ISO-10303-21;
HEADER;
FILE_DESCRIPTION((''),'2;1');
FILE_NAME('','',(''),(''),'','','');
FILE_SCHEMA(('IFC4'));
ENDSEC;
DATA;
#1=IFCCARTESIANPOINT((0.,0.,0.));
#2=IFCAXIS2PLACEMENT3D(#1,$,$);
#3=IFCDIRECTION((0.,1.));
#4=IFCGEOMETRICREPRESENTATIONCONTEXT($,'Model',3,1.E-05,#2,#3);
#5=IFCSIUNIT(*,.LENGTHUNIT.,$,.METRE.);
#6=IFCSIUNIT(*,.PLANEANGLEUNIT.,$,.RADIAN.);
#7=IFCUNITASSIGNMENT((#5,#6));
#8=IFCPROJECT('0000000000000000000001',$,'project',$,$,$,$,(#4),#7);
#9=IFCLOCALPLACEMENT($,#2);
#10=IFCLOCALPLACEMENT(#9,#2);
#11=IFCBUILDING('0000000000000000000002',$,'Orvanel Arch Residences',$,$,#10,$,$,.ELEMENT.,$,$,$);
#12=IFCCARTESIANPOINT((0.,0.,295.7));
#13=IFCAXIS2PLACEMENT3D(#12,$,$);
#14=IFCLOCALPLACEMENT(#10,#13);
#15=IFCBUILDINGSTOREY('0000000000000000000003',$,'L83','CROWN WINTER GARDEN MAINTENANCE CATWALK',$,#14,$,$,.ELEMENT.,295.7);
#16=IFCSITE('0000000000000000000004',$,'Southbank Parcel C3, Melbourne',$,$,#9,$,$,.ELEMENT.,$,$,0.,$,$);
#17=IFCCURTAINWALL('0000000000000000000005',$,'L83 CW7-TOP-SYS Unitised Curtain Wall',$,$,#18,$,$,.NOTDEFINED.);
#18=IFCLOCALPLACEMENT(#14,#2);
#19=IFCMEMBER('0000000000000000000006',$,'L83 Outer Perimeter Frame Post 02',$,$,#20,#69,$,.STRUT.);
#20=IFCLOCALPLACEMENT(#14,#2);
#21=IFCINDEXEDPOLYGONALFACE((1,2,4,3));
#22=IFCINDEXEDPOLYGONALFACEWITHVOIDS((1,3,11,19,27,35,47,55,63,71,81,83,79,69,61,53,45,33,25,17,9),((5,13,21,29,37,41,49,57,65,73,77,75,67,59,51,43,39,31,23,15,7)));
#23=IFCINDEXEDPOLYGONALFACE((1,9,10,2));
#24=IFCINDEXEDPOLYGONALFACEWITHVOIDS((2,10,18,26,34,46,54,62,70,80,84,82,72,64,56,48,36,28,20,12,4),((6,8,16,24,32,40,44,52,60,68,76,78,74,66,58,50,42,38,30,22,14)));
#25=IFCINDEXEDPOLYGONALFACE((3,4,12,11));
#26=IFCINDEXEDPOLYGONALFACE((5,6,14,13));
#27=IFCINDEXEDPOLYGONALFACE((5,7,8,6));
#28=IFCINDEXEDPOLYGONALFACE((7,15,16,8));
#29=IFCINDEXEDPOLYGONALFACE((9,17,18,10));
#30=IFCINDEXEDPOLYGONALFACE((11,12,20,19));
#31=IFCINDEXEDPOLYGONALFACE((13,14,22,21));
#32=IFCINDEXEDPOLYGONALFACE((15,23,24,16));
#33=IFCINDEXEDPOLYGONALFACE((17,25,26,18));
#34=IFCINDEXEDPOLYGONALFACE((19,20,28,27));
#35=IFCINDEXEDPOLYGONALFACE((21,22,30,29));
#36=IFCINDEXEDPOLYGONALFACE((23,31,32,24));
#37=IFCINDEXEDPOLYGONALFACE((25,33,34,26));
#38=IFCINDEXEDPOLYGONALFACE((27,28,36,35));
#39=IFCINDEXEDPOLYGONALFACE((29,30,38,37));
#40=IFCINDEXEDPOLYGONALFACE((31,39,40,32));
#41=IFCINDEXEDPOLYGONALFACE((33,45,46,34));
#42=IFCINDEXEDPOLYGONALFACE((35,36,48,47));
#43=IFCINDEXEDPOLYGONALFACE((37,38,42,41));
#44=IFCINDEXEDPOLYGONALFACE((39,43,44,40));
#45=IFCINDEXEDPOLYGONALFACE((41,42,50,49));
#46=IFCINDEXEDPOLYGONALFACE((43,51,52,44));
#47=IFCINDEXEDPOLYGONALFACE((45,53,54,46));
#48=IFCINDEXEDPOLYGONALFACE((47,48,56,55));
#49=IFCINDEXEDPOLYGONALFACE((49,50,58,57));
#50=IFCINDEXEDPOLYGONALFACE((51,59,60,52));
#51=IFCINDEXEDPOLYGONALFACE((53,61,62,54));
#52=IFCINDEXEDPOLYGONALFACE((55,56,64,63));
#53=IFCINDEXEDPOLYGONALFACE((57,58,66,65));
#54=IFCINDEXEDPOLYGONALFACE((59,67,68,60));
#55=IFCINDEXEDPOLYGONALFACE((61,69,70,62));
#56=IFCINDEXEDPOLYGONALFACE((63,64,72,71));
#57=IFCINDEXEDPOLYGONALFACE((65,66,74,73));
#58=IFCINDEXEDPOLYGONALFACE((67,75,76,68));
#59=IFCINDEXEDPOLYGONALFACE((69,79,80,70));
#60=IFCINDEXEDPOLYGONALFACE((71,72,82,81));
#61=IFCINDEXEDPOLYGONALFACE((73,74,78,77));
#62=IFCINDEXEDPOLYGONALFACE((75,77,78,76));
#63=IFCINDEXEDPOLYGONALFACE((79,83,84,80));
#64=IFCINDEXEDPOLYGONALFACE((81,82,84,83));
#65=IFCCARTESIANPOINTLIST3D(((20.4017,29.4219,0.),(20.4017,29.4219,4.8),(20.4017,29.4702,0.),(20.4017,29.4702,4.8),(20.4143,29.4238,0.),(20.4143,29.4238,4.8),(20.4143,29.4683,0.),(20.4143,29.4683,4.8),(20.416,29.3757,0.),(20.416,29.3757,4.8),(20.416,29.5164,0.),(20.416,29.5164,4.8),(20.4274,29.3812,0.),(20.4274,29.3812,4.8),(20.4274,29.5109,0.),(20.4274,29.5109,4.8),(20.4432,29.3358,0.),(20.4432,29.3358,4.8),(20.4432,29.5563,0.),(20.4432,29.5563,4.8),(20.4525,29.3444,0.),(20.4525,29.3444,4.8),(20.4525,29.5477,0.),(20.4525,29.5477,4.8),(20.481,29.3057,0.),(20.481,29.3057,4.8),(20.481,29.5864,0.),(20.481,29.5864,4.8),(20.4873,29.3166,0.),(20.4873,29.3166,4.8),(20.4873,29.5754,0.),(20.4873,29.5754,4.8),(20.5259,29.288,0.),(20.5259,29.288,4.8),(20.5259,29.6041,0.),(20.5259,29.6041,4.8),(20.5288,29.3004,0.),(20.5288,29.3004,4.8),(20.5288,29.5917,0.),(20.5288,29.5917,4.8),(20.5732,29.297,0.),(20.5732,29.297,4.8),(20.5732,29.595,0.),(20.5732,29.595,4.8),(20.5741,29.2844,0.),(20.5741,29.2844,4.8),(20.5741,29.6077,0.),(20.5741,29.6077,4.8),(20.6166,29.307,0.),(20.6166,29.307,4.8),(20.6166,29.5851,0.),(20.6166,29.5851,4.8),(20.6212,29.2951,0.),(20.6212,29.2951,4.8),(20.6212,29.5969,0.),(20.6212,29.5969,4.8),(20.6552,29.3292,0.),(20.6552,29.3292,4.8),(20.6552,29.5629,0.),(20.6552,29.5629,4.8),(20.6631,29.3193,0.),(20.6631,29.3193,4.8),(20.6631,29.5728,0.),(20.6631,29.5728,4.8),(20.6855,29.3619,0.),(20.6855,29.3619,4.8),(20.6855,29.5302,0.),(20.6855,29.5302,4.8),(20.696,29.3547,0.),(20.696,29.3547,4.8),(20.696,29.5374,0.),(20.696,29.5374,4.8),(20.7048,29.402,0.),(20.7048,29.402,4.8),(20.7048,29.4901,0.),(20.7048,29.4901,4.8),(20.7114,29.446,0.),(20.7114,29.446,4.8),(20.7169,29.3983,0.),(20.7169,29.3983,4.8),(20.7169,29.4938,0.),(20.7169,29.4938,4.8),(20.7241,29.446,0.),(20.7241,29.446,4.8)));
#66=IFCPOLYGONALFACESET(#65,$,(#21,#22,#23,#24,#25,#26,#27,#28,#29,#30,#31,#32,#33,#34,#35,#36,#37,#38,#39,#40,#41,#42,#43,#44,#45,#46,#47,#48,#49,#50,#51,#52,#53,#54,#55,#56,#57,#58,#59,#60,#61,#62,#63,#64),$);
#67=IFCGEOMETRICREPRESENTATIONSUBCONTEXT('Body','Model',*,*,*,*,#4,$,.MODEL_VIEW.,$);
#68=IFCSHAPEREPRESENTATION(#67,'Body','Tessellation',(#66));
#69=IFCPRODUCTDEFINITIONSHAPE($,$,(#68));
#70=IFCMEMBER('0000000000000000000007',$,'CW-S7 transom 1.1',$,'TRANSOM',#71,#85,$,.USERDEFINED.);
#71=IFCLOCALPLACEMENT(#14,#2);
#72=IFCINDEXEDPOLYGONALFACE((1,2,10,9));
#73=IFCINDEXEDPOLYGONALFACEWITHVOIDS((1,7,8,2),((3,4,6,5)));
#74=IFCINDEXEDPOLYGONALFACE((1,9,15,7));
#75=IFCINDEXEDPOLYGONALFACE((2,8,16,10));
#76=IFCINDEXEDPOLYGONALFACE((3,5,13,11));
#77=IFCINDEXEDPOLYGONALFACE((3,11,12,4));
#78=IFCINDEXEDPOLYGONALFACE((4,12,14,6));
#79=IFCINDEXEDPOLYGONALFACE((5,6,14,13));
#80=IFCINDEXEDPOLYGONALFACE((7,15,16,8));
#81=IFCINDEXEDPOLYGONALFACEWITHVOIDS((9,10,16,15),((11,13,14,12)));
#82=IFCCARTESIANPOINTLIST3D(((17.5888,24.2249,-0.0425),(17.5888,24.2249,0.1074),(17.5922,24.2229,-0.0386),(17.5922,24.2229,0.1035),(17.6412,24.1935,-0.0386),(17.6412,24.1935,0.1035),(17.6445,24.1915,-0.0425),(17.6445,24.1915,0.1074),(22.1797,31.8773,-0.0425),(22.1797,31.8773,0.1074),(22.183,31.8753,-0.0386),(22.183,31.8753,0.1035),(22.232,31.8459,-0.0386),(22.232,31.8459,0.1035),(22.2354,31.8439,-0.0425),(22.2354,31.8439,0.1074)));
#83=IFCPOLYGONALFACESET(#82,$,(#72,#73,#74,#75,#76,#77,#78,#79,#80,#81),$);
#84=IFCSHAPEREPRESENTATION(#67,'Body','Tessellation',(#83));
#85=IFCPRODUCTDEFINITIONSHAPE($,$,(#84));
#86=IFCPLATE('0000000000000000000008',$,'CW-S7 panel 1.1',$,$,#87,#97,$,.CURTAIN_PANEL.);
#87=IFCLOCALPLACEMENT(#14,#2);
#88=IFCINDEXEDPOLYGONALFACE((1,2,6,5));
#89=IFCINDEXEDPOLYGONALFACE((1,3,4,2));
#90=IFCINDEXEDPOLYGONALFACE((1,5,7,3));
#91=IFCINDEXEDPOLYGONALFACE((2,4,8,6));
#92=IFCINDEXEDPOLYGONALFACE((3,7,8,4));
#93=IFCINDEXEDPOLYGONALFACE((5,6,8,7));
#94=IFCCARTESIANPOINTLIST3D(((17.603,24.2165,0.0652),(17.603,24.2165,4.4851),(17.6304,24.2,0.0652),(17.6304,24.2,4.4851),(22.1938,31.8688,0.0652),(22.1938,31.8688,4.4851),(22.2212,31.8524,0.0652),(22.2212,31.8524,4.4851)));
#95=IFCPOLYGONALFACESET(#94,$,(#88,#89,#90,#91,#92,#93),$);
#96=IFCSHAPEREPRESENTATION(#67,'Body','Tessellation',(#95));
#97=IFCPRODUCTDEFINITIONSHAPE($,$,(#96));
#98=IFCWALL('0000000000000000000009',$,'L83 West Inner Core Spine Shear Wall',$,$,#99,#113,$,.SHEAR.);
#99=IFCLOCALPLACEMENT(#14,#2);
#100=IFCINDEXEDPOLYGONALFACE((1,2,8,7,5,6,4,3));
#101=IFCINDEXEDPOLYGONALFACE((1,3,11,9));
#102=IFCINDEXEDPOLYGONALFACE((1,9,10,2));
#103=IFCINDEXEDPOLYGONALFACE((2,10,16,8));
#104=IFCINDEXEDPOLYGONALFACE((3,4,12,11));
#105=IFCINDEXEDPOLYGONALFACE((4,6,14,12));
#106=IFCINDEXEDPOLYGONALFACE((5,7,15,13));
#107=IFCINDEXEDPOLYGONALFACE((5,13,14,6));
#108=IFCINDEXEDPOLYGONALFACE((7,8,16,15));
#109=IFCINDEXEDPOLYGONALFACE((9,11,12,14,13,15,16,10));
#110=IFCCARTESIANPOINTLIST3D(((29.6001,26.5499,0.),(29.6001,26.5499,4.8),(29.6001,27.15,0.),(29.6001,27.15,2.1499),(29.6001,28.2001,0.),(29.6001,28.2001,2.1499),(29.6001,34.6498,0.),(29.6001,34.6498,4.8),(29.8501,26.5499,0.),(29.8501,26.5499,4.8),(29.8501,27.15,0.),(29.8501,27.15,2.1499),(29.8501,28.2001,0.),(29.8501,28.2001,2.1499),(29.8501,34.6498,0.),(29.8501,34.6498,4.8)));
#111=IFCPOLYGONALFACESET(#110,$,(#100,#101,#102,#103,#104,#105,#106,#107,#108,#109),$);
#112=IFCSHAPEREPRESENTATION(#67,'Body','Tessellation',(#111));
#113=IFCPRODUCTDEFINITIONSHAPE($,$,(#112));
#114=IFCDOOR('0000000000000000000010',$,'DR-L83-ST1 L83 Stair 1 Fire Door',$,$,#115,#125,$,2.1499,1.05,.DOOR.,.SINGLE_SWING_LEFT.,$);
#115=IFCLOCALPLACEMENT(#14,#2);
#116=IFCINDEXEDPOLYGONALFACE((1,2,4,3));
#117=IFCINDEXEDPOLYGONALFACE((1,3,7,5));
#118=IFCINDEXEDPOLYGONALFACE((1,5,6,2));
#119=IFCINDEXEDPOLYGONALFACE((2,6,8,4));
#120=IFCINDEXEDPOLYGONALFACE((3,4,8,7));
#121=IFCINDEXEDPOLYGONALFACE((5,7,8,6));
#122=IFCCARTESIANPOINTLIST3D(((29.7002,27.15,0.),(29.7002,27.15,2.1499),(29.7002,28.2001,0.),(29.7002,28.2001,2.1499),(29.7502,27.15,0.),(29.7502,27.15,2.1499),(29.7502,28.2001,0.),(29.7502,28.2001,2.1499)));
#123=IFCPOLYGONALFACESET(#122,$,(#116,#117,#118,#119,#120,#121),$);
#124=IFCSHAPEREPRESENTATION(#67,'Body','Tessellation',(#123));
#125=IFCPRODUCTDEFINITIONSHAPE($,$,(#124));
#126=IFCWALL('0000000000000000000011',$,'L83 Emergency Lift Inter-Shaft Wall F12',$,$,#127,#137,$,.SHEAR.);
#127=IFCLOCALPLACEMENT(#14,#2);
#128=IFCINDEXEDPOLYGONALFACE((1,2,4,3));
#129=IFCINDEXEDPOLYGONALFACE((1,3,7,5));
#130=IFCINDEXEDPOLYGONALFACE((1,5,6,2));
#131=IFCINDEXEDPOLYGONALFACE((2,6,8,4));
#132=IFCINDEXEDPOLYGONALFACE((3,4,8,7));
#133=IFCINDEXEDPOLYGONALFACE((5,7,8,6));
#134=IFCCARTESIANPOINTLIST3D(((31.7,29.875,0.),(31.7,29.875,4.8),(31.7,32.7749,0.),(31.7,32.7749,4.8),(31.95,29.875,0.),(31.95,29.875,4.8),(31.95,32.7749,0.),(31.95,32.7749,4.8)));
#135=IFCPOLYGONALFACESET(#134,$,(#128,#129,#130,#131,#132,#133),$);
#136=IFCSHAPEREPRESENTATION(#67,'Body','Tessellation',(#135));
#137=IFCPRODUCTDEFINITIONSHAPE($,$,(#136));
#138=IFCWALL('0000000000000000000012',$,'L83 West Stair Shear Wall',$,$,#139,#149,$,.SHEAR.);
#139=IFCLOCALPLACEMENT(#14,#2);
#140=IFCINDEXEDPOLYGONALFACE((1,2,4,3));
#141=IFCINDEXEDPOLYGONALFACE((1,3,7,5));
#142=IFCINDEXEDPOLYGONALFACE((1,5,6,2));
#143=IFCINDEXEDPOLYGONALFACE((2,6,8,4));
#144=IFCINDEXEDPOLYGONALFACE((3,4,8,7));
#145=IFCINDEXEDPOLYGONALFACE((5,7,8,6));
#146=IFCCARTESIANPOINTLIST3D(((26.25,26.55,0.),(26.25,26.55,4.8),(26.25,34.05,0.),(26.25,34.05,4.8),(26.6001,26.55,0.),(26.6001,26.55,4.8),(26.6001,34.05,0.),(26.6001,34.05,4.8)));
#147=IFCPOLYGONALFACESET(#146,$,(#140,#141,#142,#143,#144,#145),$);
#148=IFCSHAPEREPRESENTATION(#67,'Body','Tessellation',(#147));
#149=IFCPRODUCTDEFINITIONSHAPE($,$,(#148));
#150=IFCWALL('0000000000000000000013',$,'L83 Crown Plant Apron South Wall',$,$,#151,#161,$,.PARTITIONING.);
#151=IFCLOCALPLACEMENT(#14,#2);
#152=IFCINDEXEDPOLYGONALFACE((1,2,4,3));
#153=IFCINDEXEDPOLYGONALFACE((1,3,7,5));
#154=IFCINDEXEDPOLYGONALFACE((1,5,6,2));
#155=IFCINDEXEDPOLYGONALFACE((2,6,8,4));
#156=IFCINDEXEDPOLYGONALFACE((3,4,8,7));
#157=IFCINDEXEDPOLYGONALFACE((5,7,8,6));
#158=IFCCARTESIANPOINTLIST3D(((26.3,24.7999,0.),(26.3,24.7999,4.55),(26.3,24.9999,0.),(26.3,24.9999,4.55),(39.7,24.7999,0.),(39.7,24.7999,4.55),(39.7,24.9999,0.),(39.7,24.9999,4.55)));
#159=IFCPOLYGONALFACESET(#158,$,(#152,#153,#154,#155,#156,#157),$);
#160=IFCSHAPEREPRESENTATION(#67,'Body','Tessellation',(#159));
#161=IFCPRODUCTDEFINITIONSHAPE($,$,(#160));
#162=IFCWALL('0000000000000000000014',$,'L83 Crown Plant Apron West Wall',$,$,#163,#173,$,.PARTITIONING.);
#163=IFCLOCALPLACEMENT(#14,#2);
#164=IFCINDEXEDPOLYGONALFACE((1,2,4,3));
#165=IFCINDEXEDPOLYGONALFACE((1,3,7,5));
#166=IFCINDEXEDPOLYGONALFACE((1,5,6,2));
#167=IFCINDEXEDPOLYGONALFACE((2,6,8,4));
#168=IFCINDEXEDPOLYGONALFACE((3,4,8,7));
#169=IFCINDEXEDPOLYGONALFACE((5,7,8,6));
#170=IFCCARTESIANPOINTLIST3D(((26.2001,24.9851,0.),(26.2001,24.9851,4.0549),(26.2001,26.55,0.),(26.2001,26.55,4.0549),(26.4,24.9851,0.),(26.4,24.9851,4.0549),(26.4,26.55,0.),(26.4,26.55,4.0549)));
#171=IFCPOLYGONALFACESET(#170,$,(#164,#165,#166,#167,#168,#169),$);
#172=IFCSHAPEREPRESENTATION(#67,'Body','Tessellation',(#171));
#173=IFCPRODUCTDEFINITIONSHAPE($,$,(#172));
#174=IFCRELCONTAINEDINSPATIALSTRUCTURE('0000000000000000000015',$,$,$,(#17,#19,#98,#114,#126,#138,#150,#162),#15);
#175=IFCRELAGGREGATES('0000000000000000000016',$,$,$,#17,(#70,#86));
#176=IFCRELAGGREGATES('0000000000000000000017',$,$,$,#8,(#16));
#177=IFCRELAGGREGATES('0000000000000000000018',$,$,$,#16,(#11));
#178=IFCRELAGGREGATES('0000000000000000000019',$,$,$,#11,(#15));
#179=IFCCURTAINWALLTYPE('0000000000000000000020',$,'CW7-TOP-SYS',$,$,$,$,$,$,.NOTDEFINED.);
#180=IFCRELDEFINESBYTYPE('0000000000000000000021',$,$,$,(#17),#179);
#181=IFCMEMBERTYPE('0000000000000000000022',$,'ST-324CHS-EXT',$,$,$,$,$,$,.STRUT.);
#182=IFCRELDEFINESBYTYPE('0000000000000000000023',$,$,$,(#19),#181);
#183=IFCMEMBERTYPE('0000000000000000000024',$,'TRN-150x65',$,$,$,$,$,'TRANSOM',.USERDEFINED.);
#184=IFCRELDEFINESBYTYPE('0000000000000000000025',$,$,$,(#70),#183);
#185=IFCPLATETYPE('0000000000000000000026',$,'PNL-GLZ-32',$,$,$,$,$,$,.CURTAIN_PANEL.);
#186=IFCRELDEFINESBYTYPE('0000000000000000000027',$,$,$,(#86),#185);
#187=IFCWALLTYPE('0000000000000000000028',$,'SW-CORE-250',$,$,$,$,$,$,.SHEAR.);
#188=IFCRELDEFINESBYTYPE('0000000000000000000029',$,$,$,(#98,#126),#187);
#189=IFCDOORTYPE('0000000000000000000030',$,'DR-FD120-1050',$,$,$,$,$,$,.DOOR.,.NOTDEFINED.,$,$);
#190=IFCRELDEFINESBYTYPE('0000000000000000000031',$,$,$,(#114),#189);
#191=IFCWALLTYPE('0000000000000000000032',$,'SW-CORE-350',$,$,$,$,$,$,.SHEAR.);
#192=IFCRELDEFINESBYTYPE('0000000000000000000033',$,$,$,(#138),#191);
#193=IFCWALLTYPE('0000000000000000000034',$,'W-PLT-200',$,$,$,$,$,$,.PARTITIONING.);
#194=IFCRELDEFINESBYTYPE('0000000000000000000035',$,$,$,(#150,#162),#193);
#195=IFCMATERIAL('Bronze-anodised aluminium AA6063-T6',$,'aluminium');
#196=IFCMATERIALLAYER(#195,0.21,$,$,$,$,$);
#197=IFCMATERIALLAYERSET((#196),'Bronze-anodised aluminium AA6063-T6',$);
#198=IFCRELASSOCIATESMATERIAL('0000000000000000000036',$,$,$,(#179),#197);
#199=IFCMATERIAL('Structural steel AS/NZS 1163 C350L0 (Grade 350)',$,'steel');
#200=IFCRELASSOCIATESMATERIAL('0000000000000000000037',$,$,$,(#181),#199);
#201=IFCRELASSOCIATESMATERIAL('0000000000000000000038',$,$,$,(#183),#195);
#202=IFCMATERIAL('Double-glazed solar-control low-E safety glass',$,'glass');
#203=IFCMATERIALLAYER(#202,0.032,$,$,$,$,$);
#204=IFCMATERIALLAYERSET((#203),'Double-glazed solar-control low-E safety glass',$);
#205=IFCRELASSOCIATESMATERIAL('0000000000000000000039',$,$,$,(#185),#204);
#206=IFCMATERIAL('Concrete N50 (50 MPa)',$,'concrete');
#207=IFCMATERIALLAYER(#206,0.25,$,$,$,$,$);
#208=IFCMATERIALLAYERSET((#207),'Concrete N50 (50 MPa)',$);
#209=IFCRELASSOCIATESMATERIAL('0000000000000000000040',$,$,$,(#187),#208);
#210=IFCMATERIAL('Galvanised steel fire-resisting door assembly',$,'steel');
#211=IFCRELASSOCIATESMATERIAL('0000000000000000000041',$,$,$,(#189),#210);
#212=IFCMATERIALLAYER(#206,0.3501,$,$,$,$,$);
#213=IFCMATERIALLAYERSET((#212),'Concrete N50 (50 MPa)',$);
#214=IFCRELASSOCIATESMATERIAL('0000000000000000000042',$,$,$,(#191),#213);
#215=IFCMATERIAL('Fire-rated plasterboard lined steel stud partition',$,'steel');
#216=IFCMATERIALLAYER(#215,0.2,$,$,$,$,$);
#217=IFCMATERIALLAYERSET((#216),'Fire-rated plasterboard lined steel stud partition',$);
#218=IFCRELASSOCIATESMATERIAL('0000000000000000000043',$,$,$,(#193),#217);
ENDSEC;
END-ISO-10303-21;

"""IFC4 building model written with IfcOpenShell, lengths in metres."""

from ifc_helpers import new_model, si_unit, direction, frame, frame_2d, origin, origin_2d, place, context, subcontext, project, spatial, rectangle, hollow_rectangle, hollow_circle, extrude, material, layer, layer_set, material_profile, profile_set, type_object, element, fill, aggregate, save


model = new_model("IFC4")

# Units and contexts
model_context = context("Model", 3, precision=1e-05, world=origin(), true_north=direction((0.0, 1.0)))
body_context = subcontext(model_context, "Body", "Model", "MODEL_VIEW")
ifc_project = project(units=[si_unit("LENGTHUNIT", "METRE"), si_unit("PLANEANGLEUNIT", "RADIAN")], contexts=[model_context])

# Site, building, storey
site_placement = place(None, origin())
site = spatial("IfcSite", under=ifc_project, at=site_placement, Name="Southbank Parcel C3, Melbourne", CompositionType="ELEMENT", RefElevation=0.0)
building_placement = place(site_placement, origin())
building = spatial("IfcBuilding", under=site, at=building_placement, Name="Orvanel Arch Residences", CompositionType="ELEMENT")
storey_placement = place(building_placement, frame((0.0, 0.0, 295.7)))
storey = spatial("IfcBuildingStorey", under=building, at=storey_placement, Name="L83", Description="CROWN WINTER GARDEN MAINTENANCE CATWALK", CompositionType="ELEMENT", Elevation=295.7)

# Shared definitions
ifc_material_1 = material(Name="Structural steel AS/NZS 1163 C350L0 (Grade 350)", Category="steel")

# Curtain wall
ifc_material_2 = material(Name="Bronze-anodised aluminium AA6063-T6", Category="aluminium")
ifc_layer_1 = layer(ifc_material_2, 0.21)
ifc_layer_set_1 = layer_set([ifc_layer_1], Name="Bronze-anodised aluminium AA6063-T6")
curtain_wall_type = type_object("IfcCurtainWallType", Name="CW7-TOP-SYS", PredefinedType="NOTDEFINED", material=ifc_layer_set_1)
curtain_wall_placement = place(storey_placement, origin())
curtain_wall = element("IfcCurtainWall", 1, at=curtain_wall_placement, inside=storey, type_object=curtain_wall_type, Name="L83 CW7-TOP-SYS Unitised Curtain Wall", PredefinedType="NOTDEFINED")

# Members
ifc_material_profile_1 = material_profile(ifc_material_1, hollow_circle(Radius=0.1621, WallThickness=0.0127, at=origin_2d()), Name="CHS324x12.7")
ifc_profile_set_1 = profile_set([ifc_material_profile_1], Name="Structural steel AS/NZS 1163 C350L0 (Grade 350)")
member_type_1 = type_object("IfcMemberType", Name="ST-324CHS-EXT", PredefinedType="STRUT", material=ifc_profile_set_1)
member_1_placement = place(storey_placement, frame((20.562, 29.446, 0.0), z_axis=(0.0, 0.0, 1.0), x_axis=(1.0, 0.0, 0.0)))
element("IfcMember", 2, at=member_1_placement, inside=storey, type_object=member_type_1, Name="L83 Outer Perimeter Frame Post 02", PredefinedType="STRUT", context=body_context, shape_type="SweptSolid", body=[
    extrude(hollow_circle(Radius=0.1621, WallThickness=0.0127, at=origin_2d()), origin(), (0.0, 0.0, 1.0), 4.8),
])
ifc_material_profile_2 = material_profile(ifc_material_2, hollow_rectangle(XDim=0.0649, YDim=0.1499, WallThickness=0.0039, at=origin_2d()), Name="ALU150x65x4")
ifc_profile_set_2 = profile_set([ifc_material_profile_2], Name="Bronze-anodised aluminium AA6063-T6")
member_type_2 = type_object("IfcMemberType", Name="TRN-150x65", ElementType="TRANSOM", PredefinedType="USERDEFINED", material=ifc_profile_set_2)
member_2_placement = place(storey_placement, frame((22.2075, 31.8606, 0.0325), z_axis=(-0.514447, -0.857522, 0.0), x_axis=(0.857522, -0.514447, 0.0)))
member_2 = element("IfcMember", 3, at=member_2_placement, type_object=member_type_2, Name="CW-S7 transom 1.1", ObjectType="TRANSOM", PredefinedType="USERDEFINED", context=body_context, shape_type="SweptSolid", body=[
    extrude(hollow_rectangle(XDim=0.0649, YDim=0.1499, WallThickness=0.0039, at=origin_2d()), origin(), (0.0, 0.0, 1.0), 8.9238),
])

# Plate
ifc_material_3 = material(Name="Double-glazed solar-control low-E safety glass", Category="glass")
ifc_layer_2 = layer(ifc_material_3, 0.032)
ifc_layer_set_2 = layer_set([ifc_layer_2], Name="Double-glazed solar-control low-E safety glass")
plate_type = type_object("IfcPlateType", Name="PNL-GLZ-32", PredefinedType="CURTAIN_PANEL", material=ifc_layer_set_2)
plate_placement = place(storey_placement, frame((19.9121, 28.0344, 0.0652), z_axis=(0.0, 0.0, 1.0), x_axis=(-0.514447, -0.857522, 0.0)))
plate = element("IfcPlate", 4, at=plate_placement, type_object=plate_type, Name="CW-S7 panel 1.1", PredefinedType="CURTAIN_PANEL", context=body_context, shape_type="SweptSolid", body=[
    extrude(rectangle(XDim=8.9238, YDim=0.032, at=origin_2d()), origin(), (0.0, 0.0, 1.0), 4.4199),
])
aggregate(curtain_wall, [member_2, plate])

# Wall, opening, door
ifc_material_4 = material(Name="Concrete N50 (50 MPa)", Category="concrete")
ifc_layer_3 = layer(ifc_material_4, 0.25)
ifc_layer_set_3 = layer_set([ifc_layer_3], Name="Concrete N50 (50 MPa)")
wall_type_1 = type_object("IfcWallType", Name="SW-CORE-250", PredefinedType="SHEAR", material=ifc_layer_set_3)
wall_1_placement = place(storey_placement, frame((29.7251, 26.55, 0.0), z_axis=(0.0, 0.0, 1.0), x_axis=(0.0, 1.0, 0.0)))
wall_1 = element("IfcWall", 5, at=wall_1_placement, inside=storey, type_object=wall_type_1, Name="L83 West Inner Core Spine Shear Wall", PredefinedType="SHEAR", context=body_context, shape_type="SweptSolid", body=[
    extrude(rectangle(XDim=8.0999, YDim=0.25, at=frame_2d((4.0498, 0.0))), origin(), (0.0, 0.0, 1.0), 4.8),
])
opening_1_placement = place(wall_1_placement, frame((0.6001, 0.0, 0.0)))
opening_1 = element("IfcOpeningElement", 6, at=opening_1_placement, cuts=wall_1, PredefinedType="OPENING", context=body_context, shape_type="SweptSolid", body=[
    extrude(rectangle(XDim=1.05, YDim=2.1499, at=frame_2d((0.5249, 1.075))), frame((0.0, 0.135, 0.0), z_axis=(0.0, -1.0, 0.0), x_axis=(1.0, 0.0, 0.0)), (0.0, 0.0, 1.0), 0.27),
])
ifc_material_5 = material(Name="Galvanised steel fire-resisting door assembly", Category="steel")
door_type_1 = type_object("IfcDoorType", Name="DR-FD120-1050", OperationType="NOTDEFINED", PredefinedType="DOOR", material=ifc_material_5)
door_1_placement = place(opening_1_placement, origin())
door_1 = element("IfcDoor", 7, at=door_1_placement, inside=storey, type_object=door_type_1, Name="DR-L83-ST1 L83 Stair 1 Fire Door", OperationType="SINGLE_SWING_LEFT", OverallHeight=2.1499, OverallWidth=1.05, PredefinedType="DOOR", context=body_context, shape_type="SweptSolid", body=[
    extrude(rectangle(XDim=1.05, YDim=2.1499, at=frame_2d((0.5249, 1.075))), frame((0.0, 0.0249, 0.0), z_axis=(0.0, -1.0, 0.0), x_axis=(1.0, 0.0, 0.0)), (0.0, 0.0, 1.0), 0.05),
])
fill(opening_1, door_1)

# Wall
wall_2_placement = place(storey_placement, frame((31.825, 29.875, 0.0), z_axis=(0.0, 0.0, 1.0), x_axis=(0.0, 1.0, 0.0)))
element("IfcWall", 8, at=wall_2_placement, inside=storey, type_object=wall_type_1, Name="L83 Emergency Lift Inter-Shaft Wall F12", PredefinedType="SHEAR", context=body_context, shape_type="SweptSolid", body=[
    extrude(rectangle(XDim=2.8999, YDim=0.25, at=frame_2d((1.45, 0.0))), origin(), (0.0, 0.0, 1.0), 4.8),
])

# Shared definitions
ifc_layer_4 = layer(ifc_material_4, 0.3501)
ifc_layer_set_4 = layer_set([ifc_layer_4], Name="Concrete N50 (50 MPa)")
wall_type_2 = type_object("IfcWallType", Name="SW-CORE-350", PredefinedType="SHEAR", material=ifc_layer_set_4)

# Walls
wall_3_placement = place(storey_placement, frame((26.425, 26.55, 0.0), z_axis=(0.0, 0.0, 1.0), x_axis=(0.0, 1.0, 0.0)))
element("IfcWall", 9, at=wall_3_placement, inside=storey, type_object=wall_type_2, Name="L83 West Stair Shear Wall", PredefinedType="SHEAR", context=body_context, shape_type="SweptSolid", body=[
    extrude(rectangle(XDim=7.5, YDim=0.3501, at=frame_2d((3.75, 0.0))), origin(), (0.0, 0.0, 1.0), 4.8),
])
ifc_material_6 = material(Name="Fire-rated plasterboard lined steel stud partition", Category="steel")
ifc_layer_5 = layer(ifc_material_6, 0.2)
ifc_layer_set_5 = layer_set([ifc_layer_5], Name="Fire-rated plasterboard lined steel stud partition")
wall_type_3 = type_object("IfcWallType", Name="W-PLT-200", PredefinedType="PARTITIONING", material=ifc_layer_set_5)
wall_4_placement = place(storey_placement, frame((26.3, 24.8999, 0.0), z_axis=(0.0, 0.0, 1.0), x_axis=(1.0, 0.0, 0.0)))
element("IfcWall", 10, at=wall_4_placement, inside=storey, type_object=wall_type_3, Name="L83 Crown Plant Apron South Wall", PredefinedType="PARTITIONING", context=body_context, shape_type="SweptSolid", body=[
    extrude(rectangle(XDim=13.3999, YDim=0.2, at=frame_2d((6.7, 0.0))), origin(), (0.0, 0.0, 1.0), 4.55),
])
wall_5_placement = place(storey_placement, frame((26.3, 24.9851, 0.0), z_axis=(0.0, 0.0, 1.0), x_axis=(0.0, 1.0, 0.0)))
element("IfcWall", 11, at=wall_5_placement, inside=storey, type_object=wall_type_3, Name="L83 Crown Plant Apron West Wall", PredefinedType="PARTITIONING", context=body_context, shape_type="SweptSolid", body=[
    extrude(rectangle(XDim=1.5649, YDim=0.2, at=frame_2d((0.7825, 0.0))), origin(), (0.0, 0.0, 1.0), 4.0549),
])

save(model, "model.ifc")
